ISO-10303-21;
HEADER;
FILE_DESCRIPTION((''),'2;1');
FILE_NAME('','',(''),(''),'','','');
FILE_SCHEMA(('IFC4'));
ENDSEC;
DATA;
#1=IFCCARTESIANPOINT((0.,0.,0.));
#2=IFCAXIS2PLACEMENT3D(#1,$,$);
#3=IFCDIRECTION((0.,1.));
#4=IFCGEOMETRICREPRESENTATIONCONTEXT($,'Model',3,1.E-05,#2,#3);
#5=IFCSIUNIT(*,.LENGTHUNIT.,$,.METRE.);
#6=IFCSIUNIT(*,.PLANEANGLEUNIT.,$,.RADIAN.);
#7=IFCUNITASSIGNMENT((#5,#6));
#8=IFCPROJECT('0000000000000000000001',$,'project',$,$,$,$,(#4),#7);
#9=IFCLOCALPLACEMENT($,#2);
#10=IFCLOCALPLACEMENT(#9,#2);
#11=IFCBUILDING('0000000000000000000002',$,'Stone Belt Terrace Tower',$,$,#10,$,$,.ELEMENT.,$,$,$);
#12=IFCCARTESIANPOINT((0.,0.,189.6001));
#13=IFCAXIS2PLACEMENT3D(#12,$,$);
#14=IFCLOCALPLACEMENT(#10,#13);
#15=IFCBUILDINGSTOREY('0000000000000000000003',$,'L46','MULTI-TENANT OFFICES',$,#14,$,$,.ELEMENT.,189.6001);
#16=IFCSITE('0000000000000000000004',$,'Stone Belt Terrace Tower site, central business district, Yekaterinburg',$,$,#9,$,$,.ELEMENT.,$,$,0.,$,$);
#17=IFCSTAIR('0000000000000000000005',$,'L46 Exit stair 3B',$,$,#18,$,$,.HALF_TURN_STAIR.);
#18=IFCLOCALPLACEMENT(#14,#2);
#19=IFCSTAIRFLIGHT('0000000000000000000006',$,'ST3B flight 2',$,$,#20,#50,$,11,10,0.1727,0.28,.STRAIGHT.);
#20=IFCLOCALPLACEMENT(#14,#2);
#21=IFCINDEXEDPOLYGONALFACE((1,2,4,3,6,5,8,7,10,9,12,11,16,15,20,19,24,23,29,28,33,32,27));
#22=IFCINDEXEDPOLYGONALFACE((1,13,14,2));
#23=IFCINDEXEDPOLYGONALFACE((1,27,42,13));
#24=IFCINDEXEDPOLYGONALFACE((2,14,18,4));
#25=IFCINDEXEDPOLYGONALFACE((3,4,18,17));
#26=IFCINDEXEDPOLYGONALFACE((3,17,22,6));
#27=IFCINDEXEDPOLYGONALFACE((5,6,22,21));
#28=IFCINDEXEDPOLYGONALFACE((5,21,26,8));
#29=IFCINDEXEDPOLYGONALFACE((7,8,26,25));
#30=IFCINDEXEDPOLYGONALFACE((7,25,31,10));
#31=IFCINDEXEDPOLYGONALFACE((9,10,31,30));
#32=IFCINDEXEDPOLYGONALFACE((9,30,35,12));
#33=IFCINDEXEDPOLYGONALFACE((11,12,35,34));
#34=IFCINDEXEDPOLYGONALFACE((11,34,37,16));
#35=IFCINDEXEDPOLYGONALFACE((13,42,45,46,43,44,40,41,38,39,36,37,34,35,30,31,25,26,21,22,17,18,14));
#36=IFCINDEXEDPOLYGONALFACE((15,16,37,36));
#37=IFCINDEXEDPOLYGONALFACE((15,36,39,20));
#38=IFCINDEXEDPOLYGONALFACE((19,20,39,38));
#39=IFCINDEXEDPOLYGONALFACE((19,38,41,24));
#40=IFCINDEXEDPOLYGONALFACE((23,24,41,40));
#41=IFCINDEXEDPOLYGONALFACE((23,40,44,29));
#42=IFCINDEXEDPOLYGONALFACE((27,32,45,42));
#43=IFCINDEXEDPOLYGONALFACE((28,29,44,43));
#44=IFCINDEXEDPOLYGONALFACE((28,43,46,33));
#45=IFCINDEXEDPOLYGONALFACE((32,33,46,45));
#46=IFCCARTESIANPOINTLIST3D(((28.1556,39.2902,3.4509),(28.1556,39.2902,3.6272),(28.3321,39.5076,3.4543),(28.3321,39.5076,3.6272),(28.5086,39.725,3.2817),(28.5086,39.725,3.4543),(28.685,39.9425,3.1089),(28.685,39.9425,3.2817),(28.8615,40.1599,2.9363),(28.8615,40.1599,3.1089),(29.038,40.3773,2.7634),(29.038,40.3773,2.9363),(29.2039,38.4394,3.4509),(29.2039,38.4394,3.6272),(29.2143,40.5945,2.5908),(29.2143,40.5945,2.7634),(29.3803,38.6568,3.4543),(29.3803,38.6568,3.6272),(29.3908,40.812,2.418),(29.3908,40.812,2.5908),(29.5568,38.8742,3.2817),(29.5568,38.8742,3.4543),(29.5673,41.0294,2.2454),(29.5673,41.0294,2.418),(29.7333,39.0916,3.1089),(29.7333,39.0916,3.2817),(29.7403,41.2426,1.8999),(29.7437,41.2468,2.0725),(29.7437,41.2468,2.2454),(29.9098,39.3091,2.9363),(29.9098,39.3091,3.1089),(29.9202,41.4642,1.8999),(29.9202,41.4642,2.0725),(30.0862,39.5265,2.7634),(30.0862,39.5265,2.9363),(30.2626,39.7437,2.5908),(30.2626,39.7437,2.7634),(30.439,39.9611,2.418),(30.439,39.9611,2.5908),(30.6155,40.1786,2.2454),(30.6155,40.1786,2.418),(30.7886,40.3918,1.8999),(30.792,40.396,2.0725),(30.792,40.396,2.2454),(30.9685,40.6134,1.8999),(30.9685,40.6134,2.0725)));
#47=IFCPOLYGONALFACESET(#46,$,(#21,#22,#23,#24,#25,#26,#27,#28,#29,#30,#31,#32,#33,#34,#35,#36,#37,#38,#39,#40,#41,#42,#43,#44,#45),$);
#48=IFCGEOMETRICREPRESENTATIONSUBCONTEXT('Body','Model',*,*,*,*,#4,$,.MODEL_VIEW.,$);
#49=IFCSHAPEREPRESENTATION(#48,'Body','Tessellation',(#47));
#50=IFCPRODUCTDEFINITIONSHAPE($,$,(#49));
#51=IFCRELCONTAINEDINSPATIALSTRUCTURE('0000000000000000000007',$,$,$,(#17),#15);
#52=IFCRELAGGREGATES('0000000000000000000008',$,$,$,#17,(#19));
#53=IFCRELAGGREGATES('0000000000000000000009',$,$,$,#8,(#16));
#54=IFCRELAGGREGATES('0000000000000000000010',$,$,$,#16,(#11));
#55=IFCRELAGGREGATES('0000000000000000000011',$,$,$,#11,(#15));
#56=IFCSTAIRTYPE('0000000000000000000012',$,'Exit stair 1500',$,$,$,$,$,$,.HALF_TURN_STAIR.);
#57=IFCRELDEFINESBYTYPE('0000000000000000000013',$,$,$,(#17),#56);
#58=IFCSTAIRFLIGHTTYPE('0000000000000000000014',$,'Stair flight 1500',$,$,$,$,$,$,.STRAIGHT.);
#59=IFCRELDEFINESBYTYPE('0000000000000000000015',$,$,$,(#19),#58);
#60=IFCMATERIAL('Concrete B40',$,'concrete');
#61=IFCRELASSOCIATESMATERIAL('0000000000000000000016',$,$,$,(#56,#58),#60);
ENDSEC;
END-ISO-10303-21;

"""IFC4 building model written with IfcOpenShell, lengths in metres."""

from ifc_helpers import new_model, si_unit, direction, frame, origin, place, context, subcontext, project, spatial, polyline, outline, extrude, material, type_object, element, aggregate, save


model = new_model("IFC4")

# Units and contexts
model_context = context("Model", 3, precision=1e-05, world=origin(), true_north=direction((0.0, 1.0)))
body_context = subcontext(model_context, "Body", "Model", "MODEL_VIEW")
ifc_project = project(units=[si_unit("LENGTHUNIT", "METRE"), si_unit("PLANEANGLEUNIT", "RADIAN")], contexts=[model_context])

# Site, building, storey
site_placement = place(None, origin())
site = spatial("IfcSite", under=ifc_project, at=site_placement, Name="Stone Belt Terrace Tower site, central business district, Yekaterinburg", CompositionType="ELEMENT", RefElevation=0.0)
building_placement = place(site_placement, origin())
building = spatial("IfcBuilding", under=site, at=building_placement, Name="Stone Belt Terrace Tower", CompositionType="ELEMENT")
storey_placement = place(building_placement, frame((0.0, 0.0, 189.6001)))
storey = spatial("IfcBuildingStorey", under=building, at=storey_placement, Name="L46", Description="MULTI-TENANT OFFICES", CompositionType="ELEMENT", Elevation=189.6001)

# Stair, stair flight
ifc_material_1 = material(Name="Concrete B40", Category="concrete")
stair_type = type_object("IfcStairType", Name="Exit stair 1500", PredefinedType="HALF_TURN_STAIR", material=ifc_material_1)
stair_flight_type = type_object("IfcStairFlightType", Name="Stair flight 1500", PredefinedType="STRAIGHT", material=ifc_material_1)
stair_1_placement = place(storey_placement, origin())
stair_1 = element("IfcStair", 1, at=stair_1_placement, inside=storey, type_object=stair_type, Name="L46 Exit stair 3B", PredefinedType="HALF_TURN_STAIR")
stair_flight_1_placement = place(storey_placement, frame((30.4443, 41.0388, 1.8999), z_axis=(0.0, 0.0, 1.0), x_axis=(-0.630206, -0.776428, 0.0)))
stair_flight_1 = element("IfcStairFlight", 2, at=stair_flight_1_placement, type_object=stair_flight_type, Name="ST3B flight 2", NumberOfRisers=11, NumberOfTreads=10, PredefinedType="STRAIGHT", RiserHeight=0.1727, TreadLength=0.28, context=body_context, shape_type="SweptSolid", body=[
    extrude(outline(polyline([(0.0, 0.0), (0.0, 0.1726), (0.28, 0.1726), (0.28, 0.3455), (0.5601, 0.3455), (0.5601, 0.5181), (0.8401, 0.5181), (0.8401, 0.6909), (1.1201, 0.6909), (1.1201, 0.8635), (1.3999, 0.8635), (1.3999, 1.0364), (1.6799, 1.0364), (1.6799, 1.209), (1.96, 1.209), (1.96, 1.3818), (2.24, 1.3818), (2.24, 1.5544), (2.52, 1.5544), (2.52, 1.7273), (2.8, 1.7273), (2.8, 1.8999), (2.8, 1.551), (0.2854, 0.0), (0.0, 0.0)])), frame((0.0, 0.675, 0.0), z_axis=(0.0, -1.0, 0.0), x_axis=(1.0, 0.0, 0.0)), (0.0, 0.0, 1.0), 1.3501),
])
aggregate(stair_1, [stair_flight_1])

save(model, "model.ifc")
